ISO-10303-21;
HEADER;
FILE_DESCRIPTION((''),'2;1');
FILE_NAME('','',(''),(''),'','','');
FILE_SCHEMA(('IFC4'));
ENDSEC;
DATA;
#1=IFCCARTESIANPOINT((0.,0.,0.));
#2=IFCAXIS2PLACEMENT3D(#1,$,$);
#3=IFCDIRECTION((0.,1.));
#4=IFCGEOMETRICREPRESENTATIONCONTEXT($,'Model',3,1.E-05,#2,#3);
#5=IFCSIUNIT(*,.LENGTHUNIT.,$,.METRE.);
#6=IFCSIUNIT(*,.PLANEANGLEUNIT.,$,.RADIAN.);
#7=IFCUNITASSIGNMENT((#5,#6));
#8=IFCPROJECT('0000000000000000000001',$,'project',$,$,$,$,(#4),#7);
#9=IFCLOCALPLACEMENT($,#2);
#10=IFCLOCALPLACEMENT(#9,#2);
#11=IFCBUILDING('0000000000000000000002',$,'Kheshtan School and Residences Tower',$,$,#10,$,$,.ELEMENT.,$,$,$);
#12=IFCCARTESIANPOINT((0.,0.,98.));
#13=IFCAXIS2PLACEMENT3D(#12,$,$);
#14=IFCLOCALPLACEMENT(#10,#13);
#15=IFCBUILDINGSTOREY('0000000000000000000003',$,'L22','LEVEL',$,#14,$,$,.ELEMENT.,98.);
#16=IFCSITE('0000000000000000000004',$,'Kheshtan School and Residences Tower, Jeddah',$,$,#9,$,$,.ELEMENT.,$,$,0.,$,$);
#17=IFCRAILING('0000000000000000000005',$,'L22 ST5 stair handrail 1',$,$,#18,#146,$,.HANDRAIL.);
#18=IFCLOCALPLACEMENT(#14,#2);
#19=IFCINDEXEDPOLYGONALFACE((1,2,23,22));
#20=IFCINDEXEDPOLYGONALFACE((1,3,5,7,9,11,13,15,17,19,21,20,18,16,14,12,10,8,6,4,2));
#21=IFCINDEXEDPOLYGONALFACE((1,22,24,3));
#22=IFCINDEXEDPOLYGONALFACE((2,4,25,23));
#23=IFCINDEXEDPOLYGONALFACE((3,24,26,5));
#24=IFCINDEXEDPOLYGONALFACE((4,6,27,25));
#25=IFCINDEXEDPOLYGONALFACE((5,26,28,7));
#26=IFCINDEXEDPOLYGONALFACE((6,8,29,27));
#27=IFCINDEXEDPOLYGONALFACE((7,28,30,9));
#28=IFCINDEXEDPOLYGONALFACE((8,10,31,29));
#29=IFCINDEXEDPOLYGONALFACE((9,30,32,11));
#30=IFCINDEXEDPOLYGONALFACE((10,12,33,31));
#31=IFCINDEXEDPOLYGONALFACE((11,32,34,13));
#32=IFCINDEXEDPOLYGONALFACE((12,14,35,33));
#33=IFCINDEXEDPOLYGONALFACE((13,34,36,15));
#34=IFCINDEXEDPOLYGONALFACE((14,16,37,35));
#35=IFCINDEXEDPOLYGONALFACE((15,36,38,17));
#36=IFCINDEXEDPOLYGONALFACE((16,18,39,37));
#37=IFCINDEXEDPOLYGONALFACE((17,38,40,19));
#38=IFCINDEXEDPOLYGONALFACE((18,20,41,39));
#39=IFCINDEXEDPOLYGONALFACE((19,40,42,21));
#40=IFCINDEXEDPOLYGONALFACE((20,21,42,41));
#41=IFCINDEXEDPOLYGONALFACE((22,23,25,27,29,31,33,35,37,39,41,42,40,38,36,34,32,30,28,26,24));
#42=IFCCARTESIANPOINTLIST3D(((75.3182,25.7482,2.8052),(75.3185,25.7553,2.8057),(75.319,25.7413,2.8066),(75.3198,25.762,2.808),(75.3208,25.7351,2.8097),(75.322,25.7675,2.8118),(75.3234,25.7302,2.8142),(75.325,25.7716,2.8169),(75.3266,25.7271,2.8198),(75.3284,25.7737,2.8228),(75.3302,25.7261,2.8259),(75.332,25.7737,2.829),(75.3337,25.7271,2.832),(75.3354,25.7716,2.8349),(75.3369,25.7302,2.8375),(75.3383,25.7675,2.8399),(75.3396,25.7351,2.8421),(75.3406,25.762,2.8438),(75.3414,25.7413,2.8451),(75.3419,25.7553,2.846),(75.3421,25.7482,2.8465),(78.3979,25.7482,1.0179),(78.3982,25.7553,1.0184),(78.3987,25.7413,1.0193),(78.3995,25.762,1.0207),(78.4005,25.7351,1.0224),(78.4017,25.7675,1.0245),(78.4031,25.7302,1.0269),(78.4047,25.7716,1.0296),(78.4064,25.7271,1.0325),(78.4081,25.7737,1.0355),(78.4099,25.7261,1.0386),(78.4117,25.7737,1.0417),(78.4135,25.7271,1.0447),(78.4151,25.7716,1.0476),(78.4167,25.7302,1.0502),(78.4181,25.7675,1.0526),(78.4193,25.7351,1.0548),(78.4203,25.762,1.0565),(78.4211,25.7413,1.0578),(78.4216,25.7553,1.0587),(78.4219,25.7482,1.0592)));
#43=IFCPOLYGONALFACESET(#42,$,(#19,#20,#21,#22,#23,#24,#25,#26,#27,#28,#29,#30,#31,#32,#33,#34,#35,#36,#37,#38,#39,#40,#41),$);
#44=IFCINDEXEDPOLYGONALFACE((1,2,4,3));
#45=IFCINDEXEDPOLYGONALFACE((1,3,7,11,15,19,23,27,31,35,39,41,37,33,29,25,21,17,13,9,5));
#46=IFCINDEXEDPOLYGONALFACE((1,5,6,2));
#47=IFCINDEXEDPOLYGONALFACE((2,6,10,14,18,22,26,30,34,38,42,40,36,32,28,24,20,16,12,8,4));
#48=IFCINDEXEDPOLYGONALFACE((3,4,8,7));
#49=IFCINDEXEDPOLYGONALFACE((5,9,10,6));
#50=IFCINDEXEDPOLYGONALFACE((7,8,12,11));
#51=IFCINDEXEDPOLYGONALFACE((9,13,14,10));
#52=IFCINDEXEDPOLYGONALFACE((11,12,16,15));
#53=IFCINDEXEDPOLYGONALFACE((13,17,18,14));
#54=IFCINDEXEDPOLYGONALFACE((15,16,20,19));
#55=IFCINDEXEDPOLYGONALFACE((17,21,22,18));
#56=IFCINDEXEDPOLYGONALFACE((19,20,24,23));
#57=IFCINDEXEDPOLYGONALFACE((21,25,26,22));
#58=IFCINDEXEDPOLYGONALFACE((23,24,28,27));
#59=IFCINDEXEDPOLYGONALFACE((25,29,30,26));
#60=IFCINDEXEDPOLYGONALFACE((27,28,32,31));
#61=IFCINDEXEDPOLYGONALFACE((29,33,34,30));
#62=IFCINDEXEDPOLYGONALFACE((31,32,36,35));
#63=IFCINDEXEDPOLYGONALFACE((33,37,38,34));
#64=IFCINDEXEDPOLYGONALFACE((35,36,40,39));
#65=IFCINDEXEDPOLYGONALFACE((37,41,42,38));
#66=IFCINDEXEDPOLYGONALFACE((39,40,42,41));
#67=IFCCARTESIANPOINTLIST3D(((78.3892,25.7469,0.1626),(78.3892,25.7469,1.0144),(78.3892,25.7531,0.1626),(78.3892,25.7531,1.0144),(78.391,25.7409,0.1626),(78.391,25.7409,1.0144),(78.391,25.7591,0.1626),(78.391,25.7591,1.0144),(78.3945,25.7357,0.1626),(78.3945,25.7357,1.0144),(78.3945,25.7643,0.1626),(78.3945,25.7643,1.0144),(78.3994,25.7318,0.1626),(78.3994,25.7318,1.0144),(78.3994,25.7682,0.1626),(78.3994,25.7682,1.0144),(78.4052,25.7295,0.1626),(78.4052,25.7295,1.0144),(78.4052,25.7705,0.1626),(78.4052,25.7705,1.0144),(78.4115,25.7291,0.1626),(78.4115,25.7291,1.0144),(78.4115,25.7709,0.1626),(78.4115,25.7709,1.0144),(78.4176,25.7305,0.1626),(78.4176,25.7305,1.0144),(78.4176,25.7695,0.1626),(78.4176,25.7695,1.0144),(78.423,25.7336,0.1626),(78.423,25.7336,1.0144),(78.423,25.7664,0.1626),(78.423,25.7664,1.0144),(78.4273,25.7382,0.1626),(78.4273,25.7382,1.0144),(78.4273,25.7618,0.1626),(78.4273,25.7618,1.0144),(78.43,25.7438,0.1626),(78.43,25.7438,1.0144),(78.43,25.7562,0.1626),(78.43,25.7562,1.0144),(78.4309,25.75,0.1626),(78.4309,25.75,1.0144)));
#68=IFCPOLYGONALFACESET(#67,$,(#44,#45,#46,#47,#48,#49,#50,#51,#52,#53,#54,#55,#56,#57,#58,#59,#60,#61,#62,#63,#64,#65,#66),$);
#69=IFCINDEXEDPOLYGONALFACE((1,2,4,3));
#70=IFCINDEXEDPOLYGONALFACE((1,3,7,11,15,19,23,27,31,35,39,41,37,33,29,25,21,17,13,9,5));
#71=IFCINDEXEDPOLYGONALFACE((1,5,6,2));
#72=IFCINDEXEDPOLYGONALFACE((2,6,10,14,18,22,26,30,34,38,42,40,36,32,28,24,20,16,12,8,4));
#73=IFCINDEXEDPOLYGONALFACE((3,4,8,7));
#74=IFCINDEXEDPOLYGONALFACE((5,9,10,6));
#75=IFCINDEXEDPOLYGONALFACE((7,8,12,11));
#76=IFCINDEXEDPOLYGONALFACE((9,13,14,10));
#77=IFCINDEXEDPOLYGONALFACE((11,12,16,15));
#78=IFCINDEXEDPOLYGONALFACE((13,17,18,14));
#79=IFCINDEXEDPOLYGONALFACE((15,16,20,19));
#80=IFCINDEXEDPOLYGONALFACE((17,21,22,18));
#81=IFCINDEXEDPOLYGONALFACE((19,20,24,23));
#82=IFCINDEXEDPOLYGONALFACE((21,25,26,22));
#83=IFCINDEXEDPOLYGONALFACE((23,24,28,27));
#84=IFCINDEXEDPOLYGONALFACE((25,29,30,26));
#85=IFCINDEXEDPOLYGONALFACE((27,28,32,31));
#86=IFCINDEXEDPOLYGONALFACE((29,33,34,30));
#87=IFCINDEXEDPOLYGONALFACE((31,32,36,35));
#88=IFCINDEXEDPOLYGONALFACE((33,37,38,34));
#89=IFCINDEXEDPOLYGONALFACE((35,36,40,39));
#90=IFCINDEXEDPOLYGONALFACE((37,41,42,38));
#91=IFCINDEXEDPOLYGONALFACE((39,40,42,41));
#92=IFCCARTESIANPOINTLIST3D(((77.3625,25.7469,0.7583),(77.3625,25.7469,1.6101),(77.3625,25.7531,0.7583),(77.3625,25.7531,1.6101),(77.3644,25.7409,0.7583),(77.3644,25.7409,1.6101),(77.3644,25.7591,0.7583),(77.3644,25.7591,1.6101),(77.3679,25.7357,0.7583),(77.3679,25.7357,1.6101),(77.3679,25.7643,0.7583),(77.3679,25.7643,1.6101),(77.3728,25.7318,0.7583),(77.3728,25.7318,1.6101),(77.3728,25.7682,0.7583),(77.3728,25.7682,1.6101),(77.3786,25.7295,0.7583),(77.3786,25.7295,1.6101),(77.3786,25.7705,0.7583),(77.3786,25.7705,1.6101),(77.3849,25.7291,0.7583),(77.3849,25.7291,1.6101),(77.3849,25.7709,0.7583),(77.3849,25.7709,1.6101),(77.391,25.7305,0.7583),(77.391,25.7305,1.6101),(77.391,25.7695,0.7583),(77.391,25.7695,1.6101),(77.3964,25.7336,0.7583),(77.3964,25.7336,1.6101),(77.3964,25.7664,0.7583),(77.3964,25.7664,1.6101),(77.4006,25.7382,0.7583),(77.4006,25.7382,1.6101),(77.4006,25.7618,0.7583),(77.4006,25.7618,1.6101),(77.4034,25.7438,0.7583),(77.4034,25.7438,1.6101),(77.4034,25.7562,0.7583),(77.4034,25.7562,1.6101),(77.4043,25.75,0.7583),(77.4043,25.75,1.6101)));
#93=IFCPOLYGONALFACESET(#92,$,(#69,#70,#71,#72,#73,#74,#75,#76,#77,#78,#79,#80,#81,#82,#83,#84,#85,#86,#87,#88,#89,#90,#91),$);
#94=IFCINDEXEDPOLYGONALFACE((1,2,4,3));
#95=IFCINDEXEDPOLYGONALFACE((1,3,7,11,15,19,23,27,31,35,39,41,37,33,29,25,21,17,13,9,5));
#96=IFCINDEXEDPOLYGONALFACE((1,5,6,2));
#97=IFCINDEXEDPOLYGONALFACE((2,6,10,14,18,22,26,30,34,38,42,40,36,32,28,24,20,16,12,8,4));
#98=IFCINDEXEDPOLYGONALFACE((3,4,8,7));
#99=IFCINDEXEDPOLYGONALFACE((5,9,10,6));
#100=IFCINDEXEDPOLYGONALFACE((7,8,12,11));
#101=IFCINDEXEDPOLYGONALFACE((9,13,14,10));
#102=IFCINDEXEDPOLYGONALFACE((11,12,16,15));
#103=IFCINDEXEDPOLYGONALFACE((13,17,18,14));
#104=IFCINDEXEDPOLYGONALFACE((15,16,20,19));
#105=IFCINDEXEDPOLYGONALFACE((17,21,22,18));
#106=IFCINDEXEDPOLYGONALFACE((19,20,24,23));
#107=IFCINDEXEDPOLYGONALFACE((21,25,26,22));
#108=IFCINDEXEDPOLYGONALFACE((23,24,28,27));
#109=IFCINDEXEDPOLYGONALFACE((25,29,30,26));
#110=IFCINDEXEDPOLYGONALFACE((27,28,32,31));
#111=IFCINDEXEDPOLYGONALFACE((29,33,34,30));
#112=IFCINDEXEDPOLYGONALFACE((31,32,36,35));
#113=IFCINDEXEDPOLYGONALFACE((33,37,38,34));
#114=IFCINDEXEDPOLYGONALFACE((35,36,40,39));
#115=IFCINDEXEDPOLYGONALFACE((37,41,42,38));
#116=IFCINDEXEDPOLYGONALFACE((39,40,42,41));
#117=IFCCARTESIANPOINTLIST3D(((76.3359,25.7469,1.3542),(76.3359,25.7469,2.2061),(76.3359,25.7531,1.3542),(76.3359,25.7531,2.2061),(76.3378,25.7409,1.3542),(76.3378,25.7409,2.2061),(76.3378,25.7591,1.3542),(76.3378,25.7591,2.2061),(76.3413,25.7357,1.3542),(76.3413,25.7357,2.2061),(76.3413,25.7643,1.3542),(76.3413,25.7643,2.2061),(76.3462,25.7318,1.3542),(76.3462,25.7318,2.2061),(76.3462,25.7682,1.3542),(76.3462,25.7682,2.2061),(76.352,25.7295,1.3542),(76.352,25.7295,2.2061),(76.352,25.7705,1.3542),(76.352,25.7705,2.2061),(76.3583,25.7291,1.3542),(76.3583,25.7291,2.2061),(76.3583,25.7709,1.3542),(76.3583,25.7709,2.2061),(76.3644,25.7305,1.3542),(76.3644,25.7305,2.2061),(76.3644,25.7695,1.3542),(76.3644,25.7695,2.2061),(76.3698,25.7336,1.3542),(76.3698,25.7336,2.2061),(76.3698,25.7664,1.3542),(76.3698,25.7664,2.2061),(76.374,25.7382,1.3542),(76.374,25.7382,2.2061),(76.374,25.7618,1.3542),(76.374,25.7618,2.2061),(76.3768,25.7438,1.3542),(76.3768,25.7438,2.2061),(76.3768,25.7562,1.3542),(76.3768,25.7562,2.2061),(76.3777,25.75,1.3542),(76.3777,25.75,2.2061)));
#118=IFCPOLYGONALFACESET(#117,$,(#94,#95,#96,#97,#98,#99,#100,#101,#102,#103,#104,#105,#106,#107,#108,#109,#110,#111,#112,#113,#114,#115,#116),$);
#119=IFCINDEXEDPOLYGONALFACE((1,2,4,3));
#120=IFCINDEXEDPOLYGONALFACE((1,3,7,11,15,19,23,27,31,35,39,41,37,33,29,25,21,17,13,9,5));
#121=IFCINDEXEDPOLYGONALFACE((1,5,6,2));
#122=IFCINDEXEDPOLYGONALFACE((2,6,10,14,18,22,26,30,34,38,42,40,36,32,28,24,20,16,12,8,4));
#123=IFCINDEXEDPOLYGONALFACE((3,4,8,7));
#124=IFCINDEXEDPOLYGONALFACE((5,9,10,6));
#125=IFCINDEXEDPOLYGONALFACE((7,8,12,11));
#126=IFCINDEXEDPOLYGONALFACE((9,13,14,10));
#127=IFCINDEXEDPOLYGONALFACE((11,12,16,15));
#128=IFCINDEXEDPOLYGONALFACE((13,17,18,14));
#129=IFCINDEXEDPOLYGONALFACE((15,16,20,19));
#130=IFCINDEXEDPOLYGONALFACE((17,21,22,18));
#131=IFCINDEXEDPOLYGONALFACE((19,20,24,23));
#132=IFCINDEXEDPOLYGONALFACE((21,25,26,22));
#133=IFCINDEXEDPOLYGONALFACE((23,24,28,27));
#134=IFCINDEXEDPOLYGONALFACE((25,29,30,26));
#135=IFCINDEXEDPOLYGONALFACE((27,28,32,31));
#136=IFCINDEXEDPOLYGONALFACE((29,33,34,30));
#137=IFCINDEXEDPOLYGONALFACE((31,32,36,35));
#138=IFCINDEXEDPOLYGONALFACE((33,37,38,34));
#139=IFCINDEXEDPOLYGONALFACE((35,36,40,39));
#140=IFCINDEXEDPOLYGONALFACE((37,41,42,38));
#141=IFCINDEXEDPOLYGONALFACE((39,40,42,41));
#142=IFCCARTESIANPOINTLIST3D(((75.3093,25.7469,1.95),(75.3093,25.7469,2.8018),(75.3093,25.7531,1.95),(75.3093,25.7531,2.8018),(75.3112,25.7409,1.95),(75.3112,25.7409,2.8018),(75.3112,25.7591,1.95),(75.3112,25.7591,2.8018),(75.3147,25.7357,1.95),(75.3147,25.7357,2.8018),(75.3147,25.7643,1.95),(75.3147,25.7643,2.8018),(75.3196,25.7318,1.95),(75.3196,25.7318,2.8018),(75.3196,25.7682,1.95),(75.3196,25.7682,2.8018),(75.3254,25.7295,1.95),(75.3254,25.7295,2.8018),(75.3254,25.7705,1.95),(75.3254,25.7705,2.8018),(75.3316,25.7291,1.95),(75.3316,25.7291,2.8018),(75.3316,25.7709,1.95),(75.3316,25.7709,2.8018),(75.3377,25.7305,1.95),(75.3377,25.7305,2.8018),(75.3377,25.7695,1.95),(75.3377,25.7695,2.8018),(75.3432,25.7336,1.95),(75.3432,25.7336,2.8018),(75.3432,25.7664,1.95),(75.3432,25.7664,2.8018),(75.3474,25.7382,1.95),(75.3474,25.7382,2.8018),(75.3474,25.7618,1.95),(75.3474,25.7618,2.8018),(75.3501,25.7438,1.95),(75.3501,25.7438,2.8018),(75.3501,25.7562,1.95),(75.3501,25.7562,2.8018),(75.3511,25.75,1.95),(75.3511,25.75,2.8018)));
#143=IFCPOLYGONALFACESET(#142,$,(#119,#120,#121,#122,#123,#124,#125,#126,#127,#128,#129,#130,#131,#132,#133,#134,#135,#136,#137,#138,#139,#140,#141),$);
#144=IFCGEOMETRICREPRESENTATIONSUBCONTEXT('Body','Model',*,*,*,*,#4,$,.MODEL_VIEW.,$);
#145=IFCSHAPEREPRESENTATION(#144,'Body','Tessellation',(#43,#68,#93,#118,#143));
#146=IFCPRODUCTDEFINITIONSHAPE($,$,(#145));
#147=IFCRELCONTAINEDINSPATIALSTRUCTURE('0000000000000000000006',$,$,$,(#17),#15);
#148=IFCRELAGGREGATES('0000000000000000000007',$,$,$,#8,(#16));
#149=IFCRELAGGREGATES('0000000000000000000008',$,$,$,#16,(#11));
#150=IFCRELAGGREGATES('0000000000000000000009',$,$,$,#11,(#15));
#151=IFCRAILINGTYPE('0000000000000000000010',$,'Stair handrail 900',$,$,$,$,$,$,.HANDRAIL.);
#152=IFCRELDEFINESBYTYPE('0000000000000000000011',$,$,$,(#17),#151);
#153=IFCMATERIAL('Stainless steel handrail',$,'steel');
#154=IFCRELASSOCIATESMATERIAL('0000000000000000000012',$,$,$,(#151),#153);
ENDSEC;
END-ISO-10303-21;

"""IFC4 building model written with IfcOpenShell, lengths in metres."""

from ifc_helpers import new_model, si_unit, direction, frame, origin, origin_2d, place, context, subcontext, project, spatial, circle, extrude, material, type_object, element, save


model = new_model("IFC4")

# Units and contexts
model_context = context("Model", 3, precision=1e-05, world=origin(), true_north=direction((0.0, 1.0)))
body_context = subcontext(model_context, "Body", "Model", "MODEL_VIEW")
ifc_project = project(units=[si_unit("LENGTHUNIT", "METRE"), si_unit("PLANEANGLEUNIT", "RADIAN")], contexts=[model_context])

# Site, building, storey
site_placement = place(None, origin())
site = spatial("IfcSite", under=ifc_project, at=site_placement, Name="Kheshtan School and Residences Tower, Jeddah", CompositionType="ELEMENT", RefElevation=0.0)
building_placement = place(site_placement, origin())
building = spatial("IfcBuilding", under=site, at=building_placement, Name="Kheshtan School and Residences Tower", CompositionType="ELEMENT")
storey_placement = place(building_placement, frame((0.0, 0.0, 98.0)))
storey = spatial("IfcBuildingStorey", under=building, at=storey_placement, Name="L22", Description="LEVEL", CompositionType="ELEMENT", Elevation=98.0)

# Railing
ifc_material_1 = material(Name="Stainless steel handrail", Category="steel")
railing_type_1 = type_object("IfcRailingType", Name="Stair handrail 900", PredefinedType="HANDRAIL", material=ifc_material_1)
railing_1_placement = place(storey_placement, frame((78.4099, 25.75, 0.1626)))
element("IfcRailing", 1, at=railing_1_placement, inside=storey, type_object=railing_type_1, Name="L22 ST5 stair handrail 1", PredefinedType="HANDRAIL", context=body_context, shape_type="SweptSolid", body=[
    extrude(circle(Radius=0.0239, at=origin_2d()), frame((0.0, 0.0, 0.876), z_axis=(-0.864903, 0.0, 0.501939), x_axis=(0.0, -1.0, 0.0)), (0.0, 0.0, 1.0), 3.5608),
    extrude(circle(Radius=0.021, at=origin_2d()), origin(), (0.0, 0.0, 1.0), 0.8518),
    extrude(circle(Radius=0.021, at=origin_2d()), frame((-1.0266, 0.0, 0.5957)), (0.0, 0.0, 1.0), 0.8518),
    extrude(circle(Radius=0.021, at=origin_2d()), frame((-2.0532, 0.0, 1.1917)), (0.0, 0.0, 1.0), 0.8518),
    extrude(circle(Radius=0.021, at=origin_2d()), frame((-3.0798, 0.0, 1.7874)), (0.0, 0.0, 1.0), 0.8518),
])

save(model, "model.ifc")
